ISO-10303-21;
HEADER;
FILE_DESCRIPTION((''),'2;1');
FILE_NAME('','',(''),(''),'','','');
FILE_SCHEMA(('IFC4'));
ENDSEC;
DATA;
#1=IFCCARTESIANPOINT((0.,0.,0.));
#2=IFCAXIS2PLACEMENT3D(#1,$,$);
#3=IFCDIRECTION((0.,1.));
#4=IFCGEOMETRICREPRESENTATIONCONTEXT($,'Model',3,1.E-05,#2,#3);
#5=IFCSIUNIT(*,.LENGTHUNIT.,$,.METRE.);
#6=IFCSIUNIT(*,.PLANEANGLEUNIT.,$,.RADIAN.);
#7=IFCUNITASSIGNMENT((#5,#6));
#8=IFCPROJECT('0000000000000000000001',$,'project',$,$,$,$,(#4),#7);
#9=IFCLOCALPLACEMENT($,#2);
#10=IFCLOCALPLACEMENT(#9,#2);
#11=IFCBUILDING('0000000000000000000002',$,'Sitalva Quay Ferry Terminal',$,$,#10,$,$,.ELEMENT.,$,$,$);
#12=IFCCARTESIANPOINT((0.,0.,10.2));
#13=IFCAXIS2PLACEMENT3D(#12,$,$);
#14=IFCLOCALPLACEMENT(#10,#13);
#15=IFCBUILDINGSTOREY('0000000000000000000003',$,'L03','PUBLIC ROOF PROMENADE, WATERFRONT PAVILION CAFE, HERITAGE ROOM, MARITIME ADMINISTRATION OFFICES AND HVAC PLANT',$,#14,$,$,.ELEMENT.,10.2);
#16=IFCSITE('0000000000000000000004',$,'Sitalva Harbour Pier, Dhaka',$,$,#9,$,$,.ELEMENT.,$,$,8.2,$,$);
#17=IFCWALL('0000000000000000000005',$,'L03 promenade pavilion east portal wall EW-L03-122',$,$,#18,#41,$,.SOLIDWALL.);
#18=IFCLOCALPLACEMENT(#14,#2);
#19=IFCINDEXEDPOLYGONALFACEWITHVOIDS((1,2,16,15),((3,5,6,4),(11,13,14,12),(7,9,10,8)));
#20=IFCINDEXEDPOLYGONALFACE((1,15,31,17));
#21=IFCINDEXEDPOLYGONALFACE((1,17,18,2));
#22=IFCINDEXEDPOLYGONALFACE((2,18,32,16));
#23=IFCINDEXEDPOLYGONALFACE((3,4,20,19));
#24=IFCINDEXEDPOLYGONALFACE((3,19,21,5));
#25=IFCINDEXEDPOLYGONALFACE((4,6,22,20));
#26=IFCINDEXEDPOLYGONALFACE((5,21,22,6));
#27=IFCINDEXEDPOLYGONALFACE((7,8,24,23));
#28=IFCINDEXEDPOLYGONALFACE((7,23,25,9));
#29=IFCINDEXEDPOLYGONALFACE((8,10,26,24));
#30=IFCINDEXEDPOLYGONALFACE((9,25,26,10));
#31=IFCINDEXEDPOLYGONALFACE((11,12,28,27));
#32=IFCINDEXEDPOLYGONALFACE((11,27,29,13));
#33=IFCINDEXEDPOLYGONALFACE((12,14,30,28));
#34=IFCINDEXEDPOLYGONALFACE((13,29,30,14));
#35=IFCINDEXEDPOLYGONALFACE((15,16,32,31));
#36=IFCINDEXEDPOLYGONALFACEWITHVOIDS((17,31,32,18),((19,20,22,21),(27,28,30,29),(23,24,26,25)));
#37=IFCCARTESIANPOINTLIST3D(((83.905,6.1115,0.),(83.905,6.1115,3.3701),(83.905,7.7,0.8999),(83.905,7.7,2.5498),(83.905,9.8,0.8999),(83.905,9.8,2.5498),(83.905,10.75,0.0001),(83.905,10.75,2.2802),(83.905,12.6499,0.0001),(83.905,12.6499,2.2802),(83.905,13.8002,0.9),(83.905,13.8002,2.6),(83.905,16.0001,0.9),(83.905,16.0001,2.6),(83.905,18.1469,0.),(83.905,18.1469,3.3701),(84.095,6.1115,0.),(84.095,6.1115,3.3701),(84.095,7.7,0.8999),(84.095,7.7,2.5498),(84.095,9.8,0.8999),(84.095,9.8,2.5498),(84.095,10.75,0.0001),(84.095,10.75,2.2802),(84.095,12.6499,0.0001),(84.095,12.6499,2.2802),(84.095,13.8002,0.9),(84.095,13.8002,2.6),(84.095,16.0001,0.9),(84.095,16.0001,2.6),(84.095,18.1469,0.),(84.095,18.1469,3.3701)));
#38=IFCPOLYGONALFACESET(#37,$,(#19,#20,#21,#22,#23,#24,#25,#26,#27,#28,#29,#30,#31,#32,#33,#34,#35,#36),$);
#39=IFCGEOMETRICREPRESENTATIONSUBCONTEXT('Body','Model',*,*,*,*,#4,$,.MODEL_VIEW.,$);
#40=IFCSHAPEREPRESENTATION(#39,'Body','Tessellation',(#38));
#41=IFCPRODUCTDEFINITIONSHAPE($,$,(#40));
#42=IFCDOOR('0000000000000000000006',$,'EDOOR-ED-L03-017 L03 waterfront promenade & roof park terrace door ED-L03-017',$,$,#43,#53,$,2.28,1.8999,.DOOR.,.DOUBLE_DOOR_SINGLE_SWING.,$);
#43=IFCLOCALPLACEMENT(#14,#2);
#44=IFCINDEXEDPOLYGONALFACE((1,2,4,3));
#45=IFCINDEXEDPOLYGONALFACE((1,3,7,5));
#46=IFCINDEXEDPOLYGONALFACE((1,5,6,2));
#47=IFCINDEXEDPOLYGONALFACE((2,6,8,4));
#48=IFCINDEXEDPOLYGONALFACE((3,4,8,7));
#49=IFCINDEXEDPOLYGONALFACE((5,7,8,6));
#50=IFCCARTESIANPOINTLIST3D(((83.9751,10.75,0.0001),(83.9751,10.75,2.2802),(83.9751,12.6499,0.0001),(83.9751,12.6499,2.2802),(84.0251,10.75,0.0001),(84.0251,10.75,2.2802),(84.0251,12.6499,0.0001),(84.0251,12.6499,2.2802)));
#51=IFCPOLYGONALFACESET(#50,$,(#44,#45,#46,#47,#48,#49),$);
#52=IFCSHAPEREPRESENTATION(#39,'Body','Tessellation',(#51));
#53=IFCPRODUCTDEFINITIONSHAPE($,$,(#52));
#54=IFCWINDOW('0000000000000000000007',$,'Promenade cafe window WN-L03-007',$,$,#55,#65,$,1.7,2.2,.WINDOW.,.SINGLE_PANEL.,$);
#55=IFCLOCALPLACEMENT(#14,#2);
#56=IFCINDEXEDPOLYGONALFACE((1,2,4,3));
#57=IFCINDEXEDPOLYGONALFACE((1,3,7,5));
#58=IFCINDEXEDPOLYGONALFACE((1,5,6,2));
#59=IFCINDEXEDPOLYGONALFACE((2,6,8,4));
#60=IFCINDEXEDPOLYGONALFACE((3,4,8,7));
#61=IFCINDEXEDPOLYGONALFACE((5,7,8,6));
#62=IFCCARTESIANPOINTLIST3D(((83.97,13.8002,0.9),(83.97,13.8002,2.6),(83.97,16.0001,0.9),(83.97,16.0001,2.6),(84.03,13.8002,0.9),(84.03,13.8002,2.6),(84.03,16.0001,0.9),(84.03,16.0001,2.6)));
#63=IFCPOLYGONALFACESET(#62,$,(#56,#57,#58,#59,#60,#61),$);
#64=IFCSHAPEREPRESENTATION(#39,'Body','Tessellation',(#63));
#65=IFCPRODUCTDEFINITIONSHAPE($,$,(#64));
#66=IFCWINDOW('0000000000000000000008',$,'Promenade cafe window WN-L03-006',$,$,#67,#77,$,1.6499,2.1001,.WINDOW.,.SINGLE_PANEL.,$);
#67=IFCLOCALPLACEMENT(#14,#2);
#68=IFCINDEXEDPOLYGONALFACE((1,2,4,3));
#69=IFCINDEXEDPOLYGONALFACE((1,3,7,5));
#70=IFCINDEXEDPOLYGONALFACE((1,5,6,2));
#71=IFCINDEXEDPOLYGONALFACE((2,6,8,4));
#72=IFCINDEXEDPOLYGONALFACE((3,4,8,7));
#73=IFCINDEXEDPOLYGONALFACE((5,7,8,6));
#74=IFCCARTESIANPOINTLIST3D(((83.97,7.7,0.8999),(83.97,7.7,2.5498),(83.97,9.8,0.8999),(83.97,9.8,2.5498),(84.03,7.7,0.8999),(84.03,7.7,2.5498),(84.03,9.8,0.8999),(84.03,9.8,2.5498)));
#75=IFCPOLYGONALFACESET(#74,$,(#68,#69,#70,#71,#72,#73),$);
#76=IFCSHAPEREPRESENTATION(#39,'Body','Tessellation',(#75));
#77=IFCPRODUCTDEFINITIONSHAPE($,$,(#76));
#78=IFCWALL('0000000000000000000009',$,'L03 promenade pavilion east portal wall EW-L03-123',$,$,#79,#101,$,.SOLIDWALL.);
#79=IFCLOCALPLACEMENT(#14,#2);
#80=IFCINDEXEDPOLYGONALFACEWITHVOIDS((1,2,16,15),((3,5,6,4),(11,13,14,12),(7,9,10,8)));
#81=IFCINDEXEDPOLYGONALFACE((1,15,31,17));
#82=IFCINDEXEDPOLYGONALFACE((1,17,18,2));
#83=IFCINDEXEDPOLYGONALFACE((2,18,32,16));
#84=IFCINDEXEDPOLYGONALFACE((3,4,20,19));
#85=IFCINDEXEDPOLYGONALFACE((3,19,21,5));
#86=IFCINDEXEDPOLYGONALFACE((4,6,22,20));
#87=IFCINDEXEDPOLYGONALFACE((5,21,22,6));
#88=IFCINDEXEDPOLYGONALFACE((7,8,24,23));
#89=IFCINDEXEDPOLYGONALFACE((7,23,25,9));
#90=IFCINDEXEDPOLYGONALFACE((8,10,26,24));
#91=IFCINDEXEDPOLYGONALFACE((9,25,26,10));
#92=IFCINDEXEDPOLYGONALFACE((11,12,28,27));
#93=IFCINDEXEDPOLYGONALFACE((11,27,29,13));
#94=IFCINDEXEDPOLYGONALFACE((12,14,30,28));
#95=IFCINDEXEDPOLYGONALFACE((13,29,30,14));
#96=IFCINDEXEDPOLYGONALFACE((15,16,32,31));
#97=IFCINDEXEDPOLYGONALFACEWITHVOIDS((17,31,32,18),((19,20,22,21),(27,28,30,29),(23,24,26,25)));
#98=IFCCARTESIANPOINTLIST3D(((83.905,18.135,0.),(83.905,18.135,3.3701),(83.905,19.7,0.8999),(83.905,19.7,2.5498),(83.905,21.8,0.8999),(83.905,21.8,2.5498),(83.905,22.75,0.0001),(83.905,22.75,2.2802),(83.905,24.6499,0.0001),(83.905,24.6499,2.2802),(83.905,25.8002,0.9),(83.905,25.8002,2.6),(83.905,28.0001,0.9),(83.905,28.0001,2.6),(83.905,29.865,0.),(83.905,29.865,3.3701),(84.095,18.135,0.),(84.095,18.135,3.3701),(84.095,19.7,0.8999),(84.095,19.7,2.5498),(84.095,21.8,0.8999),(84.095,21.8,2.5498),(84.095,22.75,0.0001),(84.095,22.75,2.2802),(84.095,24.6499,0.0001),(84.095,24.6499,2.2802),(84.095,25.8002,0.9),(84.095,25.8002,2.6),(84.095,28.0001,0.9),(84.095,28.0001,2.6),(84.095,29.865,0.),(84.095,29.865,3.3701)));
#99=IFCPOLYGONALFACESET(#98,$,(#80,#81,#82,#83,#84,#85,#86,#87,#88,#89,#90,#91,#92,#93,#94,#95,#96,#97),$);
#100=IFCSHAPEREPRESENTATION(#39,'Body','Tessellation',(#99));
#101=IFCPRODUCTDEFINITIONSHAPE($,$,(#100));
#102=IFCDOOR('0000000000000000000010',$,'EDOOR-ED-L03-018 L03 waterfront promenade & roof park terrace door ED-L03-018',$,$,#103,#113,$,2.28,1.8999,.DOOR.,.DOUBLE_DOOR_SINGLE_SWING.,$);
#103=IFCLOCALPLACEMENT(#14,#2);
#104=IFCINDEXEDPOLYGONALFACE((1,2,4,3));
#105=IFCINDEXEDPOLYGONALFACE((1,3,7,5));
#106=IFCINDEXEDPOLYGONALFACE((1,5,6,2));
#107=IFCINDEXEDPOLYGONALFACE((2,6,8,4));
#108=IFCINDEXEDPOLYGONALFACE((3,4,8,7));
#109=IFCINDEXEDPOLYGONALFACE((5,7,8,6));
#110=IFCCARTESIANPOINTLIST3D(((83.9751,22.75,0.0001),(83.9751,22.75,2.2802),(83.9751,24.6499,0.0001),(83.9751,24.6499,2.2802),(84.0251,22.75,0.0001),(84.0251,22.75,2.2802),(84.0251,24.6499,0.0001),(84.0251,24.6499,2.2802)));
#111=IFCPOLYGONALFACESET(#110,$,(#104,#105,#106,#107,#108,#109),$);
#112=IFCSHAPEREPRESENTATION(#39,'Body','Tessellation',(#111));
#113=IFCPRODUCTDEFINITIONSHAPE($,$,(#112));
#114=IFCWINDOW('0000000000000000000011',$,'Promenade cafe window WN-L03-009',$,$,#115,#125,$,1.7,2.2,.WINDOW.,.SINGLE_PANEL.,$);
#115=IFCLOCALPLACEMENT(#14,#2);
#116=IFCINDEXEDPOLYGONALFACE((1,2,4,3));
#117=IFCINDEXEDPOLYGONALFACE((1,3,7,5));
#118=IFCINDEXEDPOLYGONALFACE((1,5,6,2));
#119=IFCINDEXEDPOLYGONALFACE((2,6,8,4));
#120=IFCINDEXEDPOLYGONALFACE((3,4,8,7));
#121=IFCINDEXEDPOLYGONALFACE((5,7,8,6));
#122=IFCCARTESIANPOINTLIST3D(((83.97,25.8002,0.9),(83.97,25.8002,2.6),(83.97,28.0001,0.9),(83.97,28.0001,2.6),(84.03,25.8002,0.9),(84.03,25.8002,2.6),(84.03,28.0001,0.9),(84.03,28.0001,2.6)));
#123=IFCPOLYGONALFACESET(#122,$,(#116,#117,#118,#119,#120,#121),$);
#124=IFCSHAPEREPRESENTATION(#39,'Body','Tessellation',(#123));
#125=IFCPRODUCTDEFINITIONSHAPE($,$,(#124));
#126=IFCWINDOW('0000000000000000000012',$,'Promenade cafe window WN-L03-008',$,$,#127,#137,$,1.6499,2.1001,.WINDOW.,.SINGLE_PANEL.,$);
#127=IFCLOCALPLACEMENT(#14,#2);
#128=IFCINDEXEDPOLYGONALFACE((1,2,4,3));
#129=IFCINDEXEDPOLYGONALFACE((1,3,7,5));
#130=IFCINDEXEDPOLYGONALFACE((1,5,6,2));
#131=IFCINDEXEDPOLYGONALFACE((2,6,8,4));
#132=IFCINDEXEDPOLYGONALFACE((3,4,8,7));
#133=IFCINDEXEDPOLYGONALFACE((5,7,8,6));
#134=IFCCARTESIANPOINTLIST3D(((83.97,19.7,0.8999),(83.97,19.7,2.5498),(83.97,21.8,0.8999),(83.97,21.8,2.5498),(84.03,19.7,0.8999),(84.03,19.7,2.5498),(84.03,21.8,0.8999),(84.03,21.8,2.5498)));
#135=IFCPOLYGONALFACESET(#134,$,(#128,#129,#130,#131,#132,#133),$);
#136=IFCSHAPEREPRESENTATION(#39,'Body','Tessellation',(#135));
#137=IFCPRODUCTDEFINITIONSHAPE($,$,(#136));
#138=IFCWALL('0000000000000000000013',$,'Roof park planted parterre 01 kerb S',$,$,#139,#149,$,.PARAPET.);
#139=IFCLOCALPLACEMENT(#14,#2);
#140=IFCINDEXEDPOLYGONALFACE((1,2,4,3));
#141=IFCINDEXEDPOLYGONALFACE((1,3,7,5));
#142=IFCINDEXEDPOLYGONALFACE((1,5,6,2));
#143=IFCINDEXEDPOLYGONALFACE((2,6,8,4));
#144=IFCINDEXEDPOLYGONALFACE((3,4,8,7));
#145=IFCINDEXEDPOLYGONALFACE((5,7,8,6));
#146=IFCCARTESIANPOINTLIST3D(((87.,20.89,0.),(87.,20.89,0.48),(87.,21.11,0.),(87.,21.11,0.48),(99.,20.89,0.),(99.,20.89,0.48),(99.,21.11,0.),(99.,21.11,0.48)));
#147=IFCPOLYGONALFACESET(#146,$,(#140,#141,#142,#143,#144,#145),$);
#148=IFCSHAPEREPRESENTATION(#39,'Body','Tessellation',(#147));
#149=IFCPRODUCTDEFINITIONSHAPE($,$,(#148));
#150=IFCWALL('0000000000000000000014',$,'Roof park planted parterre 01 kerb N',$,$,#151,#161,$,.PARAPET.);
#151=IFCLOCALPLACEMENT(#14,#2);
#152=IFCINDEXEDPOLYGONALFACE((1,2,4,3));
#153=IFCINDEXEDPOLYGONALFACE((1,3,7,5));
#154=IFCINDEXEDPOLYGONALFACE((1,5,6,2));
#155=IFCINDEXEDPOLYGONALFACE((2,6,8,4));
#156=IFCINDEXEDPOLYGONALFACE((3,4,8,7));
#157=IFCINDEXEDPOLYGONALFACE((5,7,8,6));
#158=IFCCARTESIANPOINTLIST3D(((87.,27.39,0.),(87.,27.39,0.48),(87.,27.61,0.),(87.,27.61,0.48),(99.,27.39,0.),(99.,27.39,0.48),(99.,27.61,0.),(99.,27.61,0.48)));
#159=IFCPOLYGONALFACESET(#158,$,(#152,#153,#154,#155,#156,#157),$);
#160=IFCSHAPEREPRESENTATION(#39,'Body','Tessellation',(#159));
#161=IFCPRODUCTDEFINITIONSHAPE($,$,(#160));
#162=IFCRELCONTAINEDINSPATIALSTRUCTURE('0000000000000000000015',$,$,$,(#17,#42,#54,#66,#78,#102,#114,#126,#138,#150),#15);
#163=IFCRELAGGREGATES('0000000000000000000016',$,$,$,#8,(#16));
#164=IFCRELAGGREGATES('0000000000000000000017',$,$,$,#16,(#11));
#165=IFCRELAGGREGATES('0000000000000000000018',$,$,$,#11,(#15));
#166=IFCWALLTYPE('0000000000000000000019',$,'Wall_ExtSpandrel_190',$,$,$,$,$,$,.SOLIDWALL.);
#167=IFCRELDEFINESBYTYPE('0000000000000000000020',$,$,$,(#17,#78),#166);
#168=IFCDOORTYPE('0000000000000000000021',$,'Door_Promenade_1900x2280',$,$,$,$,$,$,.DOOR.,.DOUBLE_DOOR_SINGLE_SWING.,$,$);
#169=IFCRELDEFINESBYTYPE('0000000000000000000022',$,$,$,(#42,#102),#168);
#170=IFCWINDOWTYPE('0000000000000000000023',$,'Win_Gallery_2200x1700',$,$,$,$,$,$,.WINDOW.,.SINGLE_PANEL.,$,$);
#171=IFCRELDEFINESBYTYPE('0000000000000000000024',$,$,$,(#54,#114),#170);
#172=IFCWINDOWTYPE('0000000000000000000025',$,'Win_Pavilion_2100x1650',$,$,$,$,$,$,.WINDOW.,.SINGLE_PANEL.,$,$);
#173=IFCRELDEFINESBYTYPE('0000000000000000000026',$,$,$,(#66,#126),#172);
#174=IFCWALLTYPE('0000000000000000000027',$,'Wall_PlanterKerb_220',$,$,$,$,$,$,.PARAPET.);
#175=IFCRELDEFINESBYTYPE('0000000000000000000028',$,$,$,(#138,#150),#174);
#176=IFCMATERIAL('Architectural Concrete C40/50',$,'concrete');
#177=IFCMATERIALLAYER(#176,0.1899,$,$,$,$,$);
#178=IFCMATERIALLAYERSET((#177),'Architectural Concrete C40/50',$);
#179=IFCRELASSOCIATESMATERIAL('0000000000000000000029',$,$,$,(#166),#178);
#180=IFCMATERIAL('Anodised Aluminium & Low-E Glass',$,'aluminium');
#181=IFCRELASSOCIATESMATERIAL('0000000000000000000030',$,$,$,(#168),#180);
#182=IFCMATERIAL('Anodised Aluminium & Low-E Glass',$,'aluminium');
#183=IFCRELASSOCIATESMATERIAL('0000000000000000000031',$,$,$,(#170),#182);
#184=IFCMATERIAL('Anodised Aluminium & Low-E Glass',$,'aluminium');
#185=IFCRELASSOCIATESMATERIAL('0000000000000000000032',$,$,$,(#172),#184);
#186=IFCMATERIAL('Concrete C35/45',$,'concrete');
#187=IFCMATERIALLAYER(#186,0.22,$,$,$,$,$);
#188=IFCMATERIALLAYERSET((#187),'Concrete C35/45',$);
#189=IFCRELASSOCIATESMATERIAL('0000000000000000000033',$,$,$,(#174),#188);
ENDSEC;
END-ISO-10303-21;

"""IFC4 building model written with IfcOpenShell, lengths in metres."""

from ifc_helpers import new_model, si_unit, direction, frame, frame_2d, origin, place, context, subcontext, project, spatial, rectangle, extrude, material, layer, layer_set, type_object, element, fill, save


model = new_model("IFC4")

# Units and contexts
model_context = context("Model", 3, precision=1e-05, world=origin(), true_north=direction((0.0, 1.0)))
body_context = subcontext(model_context, "Body", "Model", "MODEL_VIEW")
ifc_project = project(units=[si_unit("LENGTHUNIT", "METRE"), si_unit("PLANEANGLEUNIT", "RADIAN")], contexts=[model_context])

# Site, building, storey
site_placement = place(None, origin())
site = spatial("IfcSite", under=ifc_project, at=site_placement, Name="Sitalva Harbour Pier, Dhaka", CompositionType="ELEMENT", RefElevation=8.2)
building_placement = place(site_placement, origin())
building = spatial("IfcBuilding", under=site, at=building_placement, Name="Sitalva Quay Ferry Terminal", CompositionType="ELEMENT")
storey_placement = place(building_placement, frame((0.0, 0.0, 10.2)))
storey = spatial("IfcBuildingStorey", under=building, at=storey_placement, Name="L03", Description="PUBLIC ROOF PROMENADE, WATERFRONT PAVILION CAFE, HERITAGE ROOM, MARITIME ADMINISTRATION OFFICES AND HVAC PLANT", CompositionType="ELEMENT", Elevation=10.2)

# Walls, openings, doors, windows
ifc_material_1 = material(Name="Architectural Concrete C40/50", Category="concrete")
ifc_layer_1 = layer(ifc_material_1, 0.1899)
ifc_layer_set_1 = layer_set([ifc_layer_1], Name="Architectural Concrete C40/50")
wall_type_1 = type_object("IfcWallType", Name="Wall_ExtSpandrel_190", PredefinedType="SOLIDWALL", material=ifc_layer_set_1)
wall_1_placement = place(storey_placement, frame((84.0, 6.1116, 0.0), z_axis=(0.0, 0.0, 1.0), x_axis=(0.0, 1.0, 0.0)))
wall_1 = element("IfcWall", 1, at=wall_1_placement, inside=storey, type_object=wall_type_1, Name="L03 promenade pavilion east portal wall EW-L03-122", PredefinedType="SOLIDWALL", context=body_context, shape_type="SweptSolid", body=[
    extrude(rectangle(XDim=12.0354, YDim=0.1899, at=frame_2d((6.0176, 0.0))), origin(), (0.0, 0.0, 1.0), 3.3701),
])
opening_1_placement = place(wall_1_placement, frame((4.6384, 0.0, 0.0)))
opening_1 = element("IfcOpeningElement", 2, at=opening_1_placement, cuts=wall_1, PredefinedType="OPENING", context=body_context, shape_type="SweptSolid", body=[
    extrude(rectangle(XDim=1.8999, YDim=2.28, at=frame_2d((0.95, 1.1401))), frame((0.0, 0.105, 0.0), z_axis=(0.0, -1.0, 0.0), x_axis=(1.0, 0.0, 0.0)), (0.0, 0.0, 1.0), 0.21),
])
opening_2_placement = place(wall_1_placement, frame((1.5884, 0.0, 0.8999)))
opening_2 = element("IfcOpeningElement", 3, at=opening_2_placement, cuts=wall_1, PredefinedType="OPENING", context=body_context, shape_type="SweptSolid", body=[
    extrude(rectangle(XDim=2.1001, YDim=1.6499, at=frame_2d((1.05, 0.825))), frame((0.0, 0.105, 0.0), z_axis=(0.0, -1.0, 0.0), x_axis=(1.0, 0.0, 0.0)), (0.0, 0.0, 1.0), 0.21),
])
opening_3_placement = place(wall_1_placement, frame((7.6885, 0.0, 0.8999)))
opening_3 = element("IfcOpeningElement", 4, at=opening_3_placement, cuts=wall_1, PredefinedType="OPENING", context=body_context, shape_type="SweptSolid", body=[
    extrude(rectangle(XDim=2.2, YDim=1.7, at=frame_2d((1.1001, 0.8501))), frame((0.0, 0.105, 0.0), z_axis=(0.0, -1.0, 0.0), x_axis=(1.0, 0.0, 0.0)), (0.0, 0.0, 1.0), 0.21),
])
ifc_material_2 = material(Name="Anodised Aluminium & Low-E Glass", Category="aluminium")
door_type = type_object("IfcDoorType", Name="Door_Promenade_1900x2280", OperationType="DOUBLE_DOOR_SINGLE_SWING", PredefinedType="DOOR", material=ifc_material_2)
door_1_placement = place(opening_1_placement, origin())
door_1 = element("IfcDoor", 5, at=door_1_placement, inside=storey, type_object=door_type, Name="EDOOR-ED-L03-017 L03 waterfront promenade & roof park terrace door ED-L03-017", OperationType="DOUBLE_DOOR_SINGLE_SWING", OverallHeight=2.28, OverallWidth=1.8999, PredefinedType="DOOR", context=body_context, shape_type="SweptSolid", body=[
    extrude(rectangle(XDim=1.8999, YDim=2.28, at=frame_2d((0.95, 1.1401))), frame((0.0, 0.0249, 0.0), z_axis=(0.0, -1.0, 0.0), x_axis=(1.0, 0.0, 0.0)), (0.0, 0.0, 1.0), 0.05),
])
fill(opening_1, door_1)
ifc_material_3 = material(Name="Anodised Aluminium & Low-E Glass", Category="aluminium")
window_type_1 = type_object("IfcWindowType", Name="Win_Gallery_2200x1700", PartitioningType="SINGLE_PANEL", PredefinedType="WINDOW", material=ifc_material_3)
window_1_placement = place(opening_3_placement, origin())
window_1 = element("IfcWindow", 6, at=window_1_placement, inside=storey, type_object=window_type_1, Name="Promenade cafe window WN-L03-007", OverallHeight=1.7, OverallWidth=2.2, PartitioningType="SINGLE_PANEL", PredefinedType="WINDOW", context=body_context, shape_type="SweptSolid", body=[
    extrude(rectangle(XDim=2.2, YDim=1.7, at=frame_2d((1.1001, 0.8501))), frame((0.0, 0.03, 0.0), z_axis=(0.0, -1.0, 0.0), x_axis=(1.0, 0.0, 0.0)), (0.0, 0.0, 1.0), 0.0601),
])
fill(opening_3, window_1)
ifc_material_4 = material(Name="Anodised Aluminium & Low-E Glass", Category="aluminium")
window_type_2 = type_object("IfcWindowType", Name="Win_Pavilion_2100x1650", PartitioningType="SINGLE_PANEL", PredefinedType="WINDOW", material=ifc_material_4)
window_2_placement = place(opening_2_placement, origin())
window_2 = element("IfcWindow", 7, at=window_2_placement, inside=storey, type_object=window_type_2, Name="Promenade cafe window WN-L03-006", OverallHeight=1.6499, OverallWidth=2.1001, PartitioningType="SINGLE_PANEL", PredefinedType="WINDOW", context=body_context, shape_type="SweptSolid", body=[
    extrude(rectangle(XDim=2.1001, YDim=1.6499, at=frame_2d((1.05, 0.825))), frame((0.0, 0.03, 0.0), z_axis=(0.0, -1.0, 0.0), x_axis=(1.0, 0.0, 0.0)), (0.0, 0.0, 1.0), 0.0601),
])
fill(opening_2, window_2)
wall_2_placement = place(storey_placement, frame((84.0, 18.135, 0.0), z_axis=(0.0, 0.0, 1.0), x_axis=(0.0, 1.0, 0.0)))
wall_2 = element("IfcWall", 8, at=wall_2_placement, inside=storey, type_object=wall_type_1, Name="L03 promenade pavilion east portal wall EW-L03-123", PredefinedType="SOLIDWALL", context=body_context, shape_type="SweptSolid", body=[
    extrude(rectangle(XDim=11.73, YDim=0.1899, at=frame_2d((5.865, 0.0))), origin(), (0.0, 0.0, 1.0), 3.3701),
])
opening_4_placement = place(wall_2_placement, frame((4.615, 0.0, 0.0)))
opening_4 = element("IfcOpeningElement", 9, at=opening_4_placement, cuts=wall_2, PredefinedType="OPENING", context=body_context, shape_type="SweptSolid", body=[
    extrude(rectangle(XDim=1.8999, YDim=2.28, at=frame_2d((0.95, 1.1401))), frame((0.0, 0.105, 0.0), z_axis=(0.0, -1.0, 0.0), x_axis=(1.0, 0.0, 0.0)), (0.0, 0.0, 1.0), 0.21),
])
opening_5_placement = place(wall_2_placement, frame((1.5649, 0.0, 0.8999)))
opening_5 = element("IfcOpeningElement", 10, at=opening_5_placement, cuts=wall_2, PredefinedType="OPENING", context=body_context, shape_type="SweptSolid", body=[
    extrude(rectangle(XDim=2.1001, YDim=1.6499, at=frame_2d((1.05, 0.825))), frame((0.0, 0.105, 0.0), z_axis=(0.0, -1.0, 0.0), x_axis=(1.0, 0.0, 0.0)), (0.0, 0.0, 1.0), 0.21),
])
opening_6_placement = place(wall_2_placement, frame((7.665, 0.0, 0.8999)))
opening_6 = element("IfcOpeningElement", 11, at=opening_6_placement, cuts=wall_2, PredefinedType="OPENING", context=body_context, shape_type="SweptSolid", body=[
    extrude(rectangle(XDim=2.2, YDim=1.7, at=frame_2d((1.1001, 0.8501))), frame((0.0, 0.105, 0.0), z_axis=(0.0, -1.0, 0.0), x_axis=(1.0, 0.0, 0.0)), (0.0, 0.0, 1.0), 0.21),
])
door_2_placement = place(opening_4_placement, origin())
door_2 = element("IfcDoor", 12, at=door_2_placement, inside=storey, type_object=door_type, Name="EDOOR-ED-L03-018 L03 waterfront promenade & roof park terrace door ED-L03-018", OperationType="DOUBLE_DOOR_SINGLE_SWING", OverallHeight=2.28, OverallWidth=1.8999, PredefinedType="DOOR", context=body_context, shape_type="SweptSolid", body=[
    extrude(rectangle(XDim=1.8999, YDim=2.28, at=frame_2d((0.95, 1.1401))), frame((0.0, 0.0249, 0.0), z_axis=(0.0, -1.0, 0.0), x_axis=(1.0, 0.0, 0.0)), (0.0, 0.0, 1.0), 0.05),
])
fill(opening_4, door_2)
window_3_placement = place(opening_6_placement, origin())
window_3 = element("IfcWindow", 13, at=window_3_placement, inside=storey, type_object=window_type_1, Name="Promenade cafe window WN-L03-009", OverallHeight=1.7, OverallWidth=2.2, PartitioningType="SINGLE_PANEL", PredefinedType="WINDOW", context=body_context, shape_type="SweptSolid", body=[
    extrude(rectangle(XDim=2.2, YDim=1.7, at=frame_2d((1.1001, 0.8501))), frame((0.0, 0.03, 0.0), z_axis=(0.0, -1.0, 0.0), x_axis=(1.0, 0.0, 0.0)), (0.0, 0.0, 1.0), 0.0601),
])
fill(opening_6, window_3)
window_4_placement = place(opening_5_placement, origin())
window_4 = element("IfcWindow", 14, at=window_4_placement, inside=storey, type_object=window_type_2, Name="Promenade cafe window WN-L03-008", OverallHeight=1.6499, OverallWidth=2.1001, PartitioningType="SINGLE_PANEL", PredefinedType="WINDOW", context=body_context, shape_type="SweptSolid", body=[
    extrude(rectangle(XDim=2.1001, YDim=1.6499, at=frame_2d((1.05, 0.825))), frame((0.0, 0.03, 0.0), z_axis=(0.0, -1.0, 0.0), x_axis=(1.0, 0.0, 0.0)), (0.0, 0.0, 1.0), 0.0601),
])
fill(opening_5, window_4)

# Walls
ifc_material_5 = material(Name="Concrete C35/45", Category="concrete")
ifc_layer_2 = layer(ifc_material_5, 0.22)
ifc_layer_set_2 = layer_set([ifc_layer_2], Name="Concrete C35/45")
wall_type_2 = type_object("IfcWallType", Name="Wall_PlanterKerb_220", PredefinedType="PARAPET", material=ifc_layer_set_2)
for number, where, z_axis, x_axis, name in (
    (15, (87.0, 21.0, 0.0), (0.0, 0.0, 1.0), (1.0, 0.0, 0.0), "Roof park planted parterre 01 kerb S"),
    (16, (87.0, 27.5, 0.0), (0.0, 0.0, 1.0), (1.0, 0.0, 0.0), "Roof park planted parterre 01 kerb N"),
):
    element("IfcWall", number, at=place(storey_placement, frame(where, z_axis=z_axis, x_axis=x_axis)), inside=storey, type_object=wall_type_2, Name=name, PredefinedType="PARAPET", context=body_context, shape_type="SweptSolid", body=[
        extrude(rectangle(XDim=12.0, YDim=0.22, at=frame_2d((6.0, 0.0))), origin(), (0.0, 0.0, 1.0), 0.48),
    ])

save(model, "model.ifc")
